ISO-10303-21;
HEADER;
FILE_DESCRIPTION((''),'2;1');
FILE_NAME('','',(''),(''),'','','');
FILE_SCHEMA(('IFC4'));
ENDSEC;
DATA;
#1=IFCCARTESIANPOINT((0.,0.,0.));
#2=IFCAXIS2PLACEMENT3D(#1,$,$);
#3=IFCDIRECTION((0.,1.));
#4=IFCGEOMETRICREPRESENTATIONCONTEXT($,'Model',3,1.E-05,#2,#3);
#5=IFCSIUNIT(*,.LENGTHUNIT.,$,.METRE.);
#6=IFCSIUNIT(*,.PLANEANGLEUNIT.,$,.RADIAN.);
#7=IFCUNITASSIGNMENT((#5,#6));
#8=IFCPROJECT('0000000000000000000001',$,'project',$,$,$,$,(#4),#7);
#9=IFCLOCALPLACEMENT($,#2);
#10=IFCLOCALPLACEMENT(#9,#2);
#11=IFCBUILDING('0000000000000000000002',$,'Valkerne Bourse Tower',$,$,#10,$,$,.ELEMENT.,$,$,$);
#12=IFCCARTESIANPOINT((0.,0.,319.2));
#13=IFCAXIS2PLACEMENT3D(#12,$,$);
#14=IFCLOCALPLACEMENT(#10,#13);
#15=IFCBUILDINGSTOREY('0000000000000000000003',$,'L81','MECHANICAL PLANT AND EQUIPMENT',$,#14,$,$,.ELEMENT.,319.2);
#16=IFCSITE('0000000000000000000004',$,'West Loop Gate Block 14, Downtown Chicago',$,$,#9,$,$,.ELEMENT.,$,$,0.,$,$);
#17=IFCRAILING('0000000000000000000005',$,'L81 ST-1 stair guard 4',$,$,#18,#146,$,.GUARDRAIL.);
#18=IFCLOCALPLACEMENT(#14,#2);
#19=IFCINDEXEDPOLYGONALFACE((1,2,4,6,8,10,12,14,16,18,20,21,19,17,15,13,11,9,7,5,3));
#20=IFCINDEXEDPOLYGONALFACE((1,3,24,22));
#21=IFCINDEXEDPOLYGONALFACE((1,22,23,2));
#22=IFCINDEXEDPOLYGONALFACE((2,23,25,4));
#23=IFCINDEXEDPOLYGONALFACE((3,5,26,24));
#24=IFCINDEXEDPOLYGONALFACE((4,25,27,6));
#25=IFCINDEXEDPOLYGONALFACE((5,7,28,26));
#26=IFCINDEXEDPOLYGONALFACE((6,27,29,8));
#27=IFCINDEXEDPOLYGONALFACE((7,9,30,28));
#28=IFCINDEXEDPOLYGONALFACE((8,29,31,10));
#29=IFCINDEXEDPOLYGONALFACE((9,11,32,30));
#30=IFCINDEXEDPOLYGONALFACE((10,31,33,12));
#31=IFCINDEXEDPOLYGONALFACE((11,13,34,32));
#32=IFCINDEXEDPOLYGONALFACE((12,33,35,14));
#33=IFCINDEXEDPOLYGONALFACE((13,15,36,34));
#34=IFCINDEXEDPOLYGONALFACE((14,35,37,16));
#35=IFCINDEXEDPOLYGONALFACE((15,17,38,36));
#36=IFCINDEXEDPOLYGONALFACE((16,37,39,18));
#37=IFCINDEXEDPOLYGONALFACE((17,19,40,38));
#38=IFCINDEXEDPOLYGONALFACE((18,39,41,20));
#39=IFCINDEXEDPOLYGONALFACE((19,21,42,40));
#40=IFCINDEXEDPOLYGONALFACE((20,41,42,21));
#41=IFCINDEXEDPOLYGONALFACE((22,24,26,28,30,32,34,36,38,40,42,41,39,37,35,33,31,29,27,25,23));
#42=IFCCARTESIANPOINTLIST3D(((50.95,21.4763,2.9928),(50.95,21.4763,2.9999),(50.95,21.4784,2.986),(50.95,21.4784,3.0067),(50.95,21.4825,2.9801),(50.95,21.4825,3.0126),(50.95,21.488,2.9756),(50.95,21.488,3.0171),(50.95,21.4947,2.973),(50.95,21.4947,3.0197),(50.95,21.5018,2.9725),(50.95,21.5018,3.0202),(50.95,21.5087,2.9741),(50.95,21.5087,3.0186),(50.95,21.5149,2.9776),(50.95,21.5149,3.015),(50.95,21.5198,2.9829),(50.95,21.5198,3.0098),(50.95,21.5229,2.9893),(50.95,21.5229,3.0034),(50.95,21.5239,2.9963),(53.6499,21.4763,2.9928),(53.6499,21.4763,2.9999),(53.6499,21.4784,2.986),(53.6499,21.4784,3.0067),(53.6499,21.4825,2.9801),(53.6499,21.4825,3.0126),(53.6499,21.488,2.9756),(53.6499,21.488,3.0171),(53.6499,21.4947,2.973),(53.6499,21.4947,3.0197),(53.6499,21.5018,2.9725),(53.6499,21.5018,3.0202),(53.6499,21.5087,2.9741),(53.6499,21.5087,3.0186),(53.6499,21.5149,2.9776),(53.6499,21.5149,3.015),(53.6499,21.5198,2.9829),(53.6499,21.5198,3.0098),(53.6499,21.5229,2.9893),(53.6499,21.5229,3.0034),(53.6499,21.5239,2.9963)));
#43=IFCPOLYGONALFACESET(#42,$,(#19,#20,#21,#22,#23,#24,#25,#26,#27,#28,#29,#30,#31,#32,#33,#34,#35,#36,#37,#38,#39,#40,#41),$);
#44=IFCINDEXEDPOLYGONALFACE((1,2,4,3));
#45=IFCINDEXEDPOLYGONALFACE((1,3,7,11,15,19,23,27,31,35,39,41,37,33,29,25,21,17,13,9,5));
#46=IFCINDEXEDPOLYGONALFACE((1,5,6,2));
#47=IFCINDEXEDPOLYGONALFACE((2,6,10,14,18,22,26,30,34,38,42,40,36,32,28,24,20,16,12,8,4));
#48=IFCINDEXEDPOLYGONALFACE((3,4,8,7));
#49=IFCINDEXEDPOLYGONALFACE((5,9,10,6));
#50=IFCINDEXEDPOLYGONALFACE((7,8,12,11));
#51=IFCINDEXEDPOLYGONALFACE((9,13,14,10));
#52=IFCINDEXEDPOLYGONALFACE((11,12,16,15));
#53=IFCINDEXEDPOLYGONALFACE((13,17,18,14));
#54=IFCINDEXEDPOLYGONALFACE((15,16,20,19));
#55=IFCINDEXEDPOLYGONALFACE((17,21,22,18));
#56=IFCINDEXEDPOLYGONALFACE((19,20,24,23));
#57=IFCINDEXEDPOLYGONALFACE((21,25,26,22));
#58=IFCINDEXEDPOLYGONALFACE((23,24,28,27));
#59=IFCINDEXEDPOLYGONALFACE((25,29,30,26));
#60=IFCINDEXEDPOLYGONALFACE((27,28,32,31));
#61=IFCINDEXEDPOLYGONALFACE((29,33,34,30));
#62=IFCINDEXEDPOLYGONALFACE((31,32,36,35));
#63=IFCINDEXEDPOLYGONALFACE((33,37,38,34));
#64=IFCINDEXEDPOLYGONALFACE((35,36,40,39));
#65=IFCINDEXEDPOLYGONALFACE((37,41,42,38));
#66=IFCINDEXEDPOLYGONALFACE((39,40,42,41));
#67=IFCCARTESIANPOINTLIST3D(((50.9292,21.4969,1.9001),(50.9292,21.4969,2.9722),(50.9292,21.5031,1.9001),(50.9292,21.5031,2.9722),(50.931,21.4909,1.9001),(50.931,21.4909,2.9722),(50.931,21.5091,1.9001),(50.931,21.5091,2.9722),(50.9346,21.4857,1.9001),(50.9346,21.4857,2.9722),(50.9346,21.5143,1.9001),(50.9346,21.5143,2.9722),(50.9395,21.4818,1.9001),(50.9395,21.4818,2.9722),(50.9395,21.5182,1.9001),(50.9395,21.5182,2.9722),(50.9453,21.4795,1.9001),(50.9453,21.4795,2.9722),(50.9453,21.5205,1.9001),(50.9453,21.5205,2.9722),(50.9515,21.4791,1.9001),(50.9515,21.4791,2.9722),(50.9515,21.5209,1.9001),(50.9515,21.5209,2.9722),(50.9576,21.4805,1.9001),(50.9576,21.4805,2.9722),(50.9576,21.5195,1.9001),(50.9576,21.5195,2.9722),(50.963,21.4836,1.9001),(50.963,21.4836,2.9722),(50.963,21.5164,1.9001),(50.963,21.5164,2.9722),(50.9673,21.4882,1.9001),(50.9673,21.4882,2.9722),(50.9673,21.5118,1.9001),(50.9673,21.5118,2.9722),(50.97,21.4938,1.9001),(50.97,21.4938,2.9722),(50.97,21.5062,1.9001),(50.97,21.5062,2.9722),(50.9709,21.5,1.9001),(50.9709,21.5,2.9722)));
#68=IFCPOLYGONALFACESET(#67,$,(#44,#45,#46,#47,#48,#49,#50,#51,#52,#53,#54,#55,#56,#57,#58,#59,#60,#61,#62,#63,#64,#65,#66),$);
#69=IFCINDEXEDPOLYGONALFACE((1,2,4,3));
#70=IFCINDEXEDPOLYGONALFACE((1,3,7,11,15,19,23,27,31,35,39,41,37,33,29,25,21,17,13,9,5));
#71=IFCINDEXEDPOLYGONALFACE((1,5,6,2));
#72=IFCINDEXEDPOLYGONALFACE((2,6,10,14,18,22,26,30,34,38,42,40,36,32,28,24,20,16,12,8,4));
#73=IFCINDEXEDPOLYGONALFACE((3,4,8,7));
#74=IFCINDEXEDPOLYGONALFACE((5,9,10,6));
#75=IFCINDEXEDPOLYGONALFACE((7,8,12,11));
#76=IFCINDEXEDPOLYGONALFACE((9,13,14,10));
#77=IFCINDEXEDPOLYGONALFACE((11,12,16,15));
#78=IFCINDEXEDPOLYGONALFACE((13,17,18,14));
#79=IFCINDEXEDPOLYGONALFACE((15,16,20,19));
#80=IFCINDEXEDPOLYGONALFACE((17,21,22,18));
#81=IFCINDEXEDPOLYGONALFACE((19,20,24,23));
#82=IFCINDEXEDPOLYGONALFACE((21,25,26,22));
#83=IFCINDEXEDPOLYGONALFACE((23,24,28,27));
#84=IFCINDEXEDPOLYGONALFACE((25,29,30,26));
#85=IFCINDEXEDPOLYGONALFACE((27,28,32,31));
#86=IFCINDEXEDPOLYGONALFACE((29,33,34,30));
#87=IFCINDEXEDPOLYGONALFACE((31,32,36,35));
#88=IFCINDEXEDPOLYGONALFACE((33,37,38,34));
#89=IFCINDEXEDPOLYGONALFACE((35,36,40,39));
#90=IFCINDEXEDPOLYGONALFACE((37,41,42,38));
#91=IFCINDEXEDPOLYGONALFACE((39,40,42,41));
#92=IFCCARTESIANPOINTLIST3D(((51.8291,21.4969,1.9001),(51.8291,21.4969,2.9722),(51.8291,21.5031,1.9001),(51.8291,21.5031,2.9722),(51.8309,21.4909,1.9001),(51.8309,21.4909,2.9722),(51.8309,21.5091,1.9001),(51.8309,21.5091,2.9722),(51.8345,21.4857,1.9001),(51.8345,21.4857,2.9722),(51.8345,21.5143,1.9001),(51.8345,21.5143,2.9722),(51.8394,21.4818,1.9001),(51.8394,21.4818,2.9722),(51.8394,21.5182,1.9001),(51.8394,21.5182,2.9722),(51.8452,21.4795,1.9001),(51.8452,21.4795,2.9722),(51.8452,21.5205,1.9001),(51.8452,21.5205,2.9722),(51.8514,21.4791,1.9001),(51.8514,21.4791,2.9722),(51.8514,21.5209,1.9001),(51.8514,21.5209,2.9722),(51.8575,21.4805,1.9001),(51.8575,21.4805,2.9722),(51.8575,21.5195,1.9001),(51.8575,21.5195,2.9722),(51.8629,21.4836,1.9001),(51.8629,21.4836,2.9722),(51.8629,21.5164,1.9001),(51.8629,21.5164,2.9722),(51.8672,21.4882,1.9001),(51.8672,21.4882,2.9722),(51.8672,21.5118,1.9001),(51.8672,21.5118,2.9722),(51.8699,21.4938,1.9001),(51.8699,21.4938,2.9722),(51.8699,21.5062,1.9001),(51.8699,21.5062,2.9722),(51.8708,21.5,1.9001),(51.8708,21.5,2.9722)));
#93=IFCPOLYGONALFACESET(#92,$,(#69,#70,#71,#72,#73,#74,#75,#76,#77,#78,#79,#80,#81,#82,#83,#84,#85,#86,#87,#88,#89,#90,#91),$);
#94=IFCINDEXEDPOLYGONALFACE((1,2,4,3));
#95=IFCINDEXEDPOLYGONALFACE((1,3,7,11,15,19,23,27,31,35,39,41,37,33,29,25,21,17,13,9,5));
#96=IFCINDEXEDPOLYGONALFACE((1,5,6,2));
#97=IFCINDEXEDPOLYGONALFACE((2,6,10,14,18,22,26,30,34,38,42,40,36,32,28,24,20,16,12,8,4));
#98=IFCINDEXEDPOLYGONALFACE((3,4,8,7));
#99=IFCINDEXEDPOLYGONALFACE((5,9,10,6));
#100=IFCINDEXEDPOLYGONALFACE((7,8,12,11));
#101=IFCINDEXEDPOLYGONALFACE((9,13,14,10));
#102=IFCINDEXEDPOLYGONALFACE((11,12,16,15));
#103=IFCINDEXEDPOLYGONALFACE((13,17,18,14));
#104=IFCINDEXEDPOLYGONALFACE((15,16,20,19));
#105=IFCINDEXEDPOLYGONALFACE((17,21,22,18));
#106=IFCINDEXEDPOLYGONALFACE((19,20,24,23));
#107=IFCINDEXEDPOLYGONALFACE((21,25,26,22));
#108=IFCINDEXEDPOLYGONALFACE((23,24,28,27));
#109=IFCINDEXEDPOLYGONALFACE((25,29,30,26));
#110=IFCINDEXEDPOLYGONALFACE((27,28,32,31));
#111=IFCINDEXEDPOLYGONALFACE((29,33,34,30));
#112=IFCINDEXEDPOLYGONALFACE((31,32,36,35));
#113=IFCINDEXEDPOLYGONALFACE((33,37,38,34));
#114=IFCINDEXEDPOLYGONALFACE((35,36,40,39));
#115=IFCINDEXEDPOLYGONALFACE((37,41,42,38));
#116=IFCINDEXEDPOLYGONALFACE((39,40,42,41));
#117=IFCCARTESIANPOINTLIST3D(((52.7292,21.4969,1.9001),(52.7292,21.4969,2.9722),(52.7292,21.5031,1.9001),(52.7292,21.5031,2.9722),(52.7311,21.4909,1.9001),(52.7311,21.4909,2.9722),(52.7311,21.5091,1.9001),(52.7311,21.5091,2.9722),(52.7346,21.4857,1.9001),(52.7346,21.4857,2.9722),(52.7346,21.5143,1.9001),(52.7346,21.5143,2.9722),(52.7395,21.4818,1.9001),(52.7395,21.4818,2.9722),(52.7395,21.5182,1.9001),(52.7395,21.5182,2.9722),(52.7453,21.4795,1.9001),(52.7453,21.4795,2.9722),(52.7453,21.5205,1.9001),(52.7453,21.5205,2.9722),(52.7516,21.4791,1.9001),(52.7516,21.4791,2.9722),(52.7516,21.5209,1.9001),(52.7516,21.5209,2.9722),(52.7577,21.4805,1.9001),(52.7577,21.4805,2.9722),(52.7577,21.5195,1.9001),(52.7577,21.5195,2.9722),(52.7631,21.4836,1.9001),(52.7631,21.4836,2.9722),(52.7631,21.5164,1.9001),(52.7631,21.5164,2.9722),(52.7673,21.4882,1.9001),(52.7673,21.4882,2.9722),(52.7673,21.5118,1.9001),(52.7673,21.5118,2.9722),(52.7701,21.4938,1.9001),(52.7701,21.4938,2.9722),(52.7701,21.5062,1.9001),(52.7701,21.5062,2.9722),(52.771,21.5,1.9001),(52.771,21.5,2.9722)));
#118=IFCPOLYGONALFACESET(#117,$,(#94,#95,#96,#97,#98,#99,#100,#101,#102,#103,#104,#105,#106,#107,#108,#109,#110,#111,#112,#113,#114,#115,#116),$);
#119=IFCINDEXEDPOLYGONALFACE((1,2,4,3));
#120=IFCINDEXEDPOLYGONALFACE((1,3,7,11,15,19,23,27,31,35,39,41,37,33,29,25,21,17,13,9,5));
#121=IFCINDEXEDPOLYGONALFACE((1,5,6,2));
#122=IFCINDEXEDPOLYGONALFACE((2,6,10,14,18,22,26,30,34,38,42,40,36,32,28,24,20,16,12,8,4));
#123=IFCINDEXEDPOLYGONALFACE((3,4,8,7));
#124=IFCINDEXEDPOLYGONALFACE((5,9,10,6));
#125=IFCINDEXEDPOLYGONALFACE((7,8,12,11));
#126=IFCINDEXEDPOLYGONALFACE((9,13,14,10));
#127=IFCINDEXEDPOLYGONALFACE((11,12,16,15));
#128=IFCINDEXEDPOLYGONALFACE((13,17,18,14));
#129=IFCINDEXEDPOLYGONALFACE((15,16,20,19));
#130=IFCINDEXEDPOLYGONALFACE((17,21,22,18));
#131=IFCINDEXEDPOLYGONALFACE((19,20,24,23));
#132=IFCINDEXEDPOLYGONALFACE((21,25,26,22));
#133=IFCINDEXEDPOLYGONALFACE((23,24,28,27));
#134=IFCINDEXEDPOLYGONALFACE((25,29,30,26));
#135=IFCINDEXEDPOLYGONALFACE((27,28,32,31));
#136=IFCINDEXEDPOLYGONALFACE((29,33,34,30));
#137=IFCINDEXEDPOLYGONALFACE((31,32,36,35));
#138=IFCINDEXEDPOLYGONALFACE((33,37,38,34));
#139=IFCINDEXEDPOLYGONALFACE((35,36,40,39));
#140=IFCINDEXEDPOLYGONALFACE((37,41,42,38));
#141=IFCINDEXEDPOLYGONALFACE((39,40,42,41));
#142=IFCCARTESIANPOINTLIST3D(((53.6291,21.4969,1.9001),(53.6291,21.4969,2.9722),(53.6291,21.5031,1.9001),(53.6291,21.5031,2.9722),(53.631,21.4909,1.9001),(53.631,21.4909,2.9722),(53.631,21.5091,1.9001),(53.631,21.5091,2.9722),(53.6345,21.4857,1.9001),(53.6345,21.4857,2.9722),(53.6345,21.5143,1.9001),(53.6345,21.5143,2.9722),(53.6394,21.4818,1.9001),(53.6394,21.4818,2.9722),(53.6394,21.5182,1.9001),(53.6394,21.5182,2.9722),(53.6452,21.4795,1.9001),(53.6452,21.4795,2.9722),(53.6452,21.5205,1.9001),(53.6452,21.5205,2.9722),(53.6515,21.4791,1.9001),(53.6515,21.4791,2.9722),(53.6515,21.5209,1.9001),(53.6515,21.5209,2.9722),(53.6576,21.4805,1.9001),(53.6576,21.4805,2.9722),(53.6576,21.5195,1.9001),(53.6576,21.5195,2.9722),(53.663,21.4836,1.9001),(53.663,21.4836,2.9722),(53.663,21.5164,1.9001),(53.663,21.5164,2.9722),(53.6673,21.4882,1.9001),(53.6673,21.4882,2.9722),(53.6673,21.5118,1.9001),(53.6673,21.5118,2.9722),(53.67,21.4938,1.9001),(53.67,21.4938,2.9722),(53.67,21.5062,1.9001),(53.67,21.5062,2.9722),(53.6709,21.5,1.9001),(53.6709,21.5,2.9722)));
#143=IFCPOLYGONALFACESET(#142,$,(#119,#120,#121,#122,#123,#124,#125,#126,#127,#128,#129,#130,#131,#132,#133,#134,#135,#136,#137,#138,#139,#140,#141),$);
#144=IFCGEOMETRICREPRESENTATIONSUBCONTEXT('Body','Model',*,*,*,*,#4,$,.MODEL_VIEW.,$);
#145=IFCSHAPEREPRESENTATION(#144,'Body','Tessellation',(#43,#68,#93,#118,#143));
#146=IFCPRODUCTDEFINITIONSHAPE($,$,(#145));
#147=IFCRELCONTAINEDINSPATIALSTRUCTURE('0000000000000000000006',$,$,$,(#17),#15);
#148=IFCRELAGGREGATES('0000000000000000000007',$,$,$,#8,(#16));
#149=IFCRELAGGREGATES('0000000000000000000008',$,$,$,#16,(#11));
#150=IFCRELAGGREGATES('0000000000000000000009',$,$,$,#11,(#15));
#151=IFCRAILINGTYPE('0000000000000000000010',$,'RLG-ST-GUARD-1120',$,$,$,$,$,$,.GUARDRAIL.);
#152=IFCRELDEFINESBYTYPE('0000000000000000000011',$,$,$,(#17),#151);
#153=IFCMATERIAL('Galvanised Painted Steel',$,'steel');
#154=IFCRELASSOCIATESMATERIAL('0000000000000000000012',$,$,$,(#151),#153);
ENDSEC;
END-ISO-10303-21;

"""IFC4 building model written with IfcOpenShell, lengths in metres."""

from ifc_helpers import new_model, si_unit, direction, frame, origin, origin_2d, place, context, subcontext, project, spatial, circle, extrude, material, type_object, element, save


model = new_model("IFC4")

# Units and contexts
model_context = context("Model", 3, precision=1e-05, world=origin(), true_north=direction((0.0, 1.0)))
body_context = subcontext(model_context, "Body", "Model", "MODEL_VIEW")
ifc_project = project(units=[si_unit("LENGTHUNIT", "METRE"), si_unit("PLANEANGLEUNIT", "RADIAN")], contexts=[model_context])

# Site, building, storey
site_placement = place(None, origin())
site = spatial("IfcSite", under=ifc_project, at=site_placement, Name="West Loop Gate Block 14, Downtown Chicago", CompositionType="ELEMENT", RefElevation=0.0)
building_placement = place(site_placement, origin())
building = spatial("IfcBuilding", under=site, at=building_placement, Name="Valkerne Bourse Tower", CompositionType="ELEMENT")
storey_placement = place(building_placement, frame((0.0, 0.0, 319.2)))
storey = spatial("IfcBuildingStorey", under=building, at=storey_placement, Name="L81", Description="MECHANICAL PLANT AND EQUIPMENT", CompositionType="ELEMENT", Elevation=319.2)

# Railing
ifc_material_1 = material(Name="Galvanised Painted Steel", Category="steel")
railing_type_1 = type_object("IfcRailingType", Name="RLG-ST-GUARD-1120", PredefinedType="GUARDRAIL", material=ifc_material_1)
for number, where, name in (
    (1, (50.95, 21.5, 1.9001), "L81 ST-1 stair guard 4"),
):
    element("IfcRailing", number, at=place(storey_placement, frame(where)), inside=storey, type_object=railing_type_1, Name=name, PredefinedType="GUARDRAIL", context=body_context, shape_type="SweptSolid", body=[
        extrude(circle(Radius=0.0239, at=origin_2d()), frame((0.0, 0.0, 1.0962), z_axis=(1.0, 0.0, 0.0), x_axis=(0.0, 1.0, 0.0)), (0.0, 0.0, 1.0), 2.7),
        extrude(circle(Radius=0.021, at=origin_2d()), origin(), (0.0, 0.0, 1.0), 1.072),
        extrude(circle(Radius=0.021, at=origin_2d()), frame((0.8999, 0.0, 0.0)), (0.0, 0.0, 1.0), 1.072),
        extrude(circle(Radius=0.021, at=origin_2d()), frame((1.8, 0.0, 0.0)), (0.0, 0.0, 1.0), 1.072),
        extrude(circle(Radius=0.021, at=origin_2d()), frame((2.7, 0.0, 0.0)), (0.0, 0.0, 1.0), 1.072),
    ])

save(model, "model.ifc")
